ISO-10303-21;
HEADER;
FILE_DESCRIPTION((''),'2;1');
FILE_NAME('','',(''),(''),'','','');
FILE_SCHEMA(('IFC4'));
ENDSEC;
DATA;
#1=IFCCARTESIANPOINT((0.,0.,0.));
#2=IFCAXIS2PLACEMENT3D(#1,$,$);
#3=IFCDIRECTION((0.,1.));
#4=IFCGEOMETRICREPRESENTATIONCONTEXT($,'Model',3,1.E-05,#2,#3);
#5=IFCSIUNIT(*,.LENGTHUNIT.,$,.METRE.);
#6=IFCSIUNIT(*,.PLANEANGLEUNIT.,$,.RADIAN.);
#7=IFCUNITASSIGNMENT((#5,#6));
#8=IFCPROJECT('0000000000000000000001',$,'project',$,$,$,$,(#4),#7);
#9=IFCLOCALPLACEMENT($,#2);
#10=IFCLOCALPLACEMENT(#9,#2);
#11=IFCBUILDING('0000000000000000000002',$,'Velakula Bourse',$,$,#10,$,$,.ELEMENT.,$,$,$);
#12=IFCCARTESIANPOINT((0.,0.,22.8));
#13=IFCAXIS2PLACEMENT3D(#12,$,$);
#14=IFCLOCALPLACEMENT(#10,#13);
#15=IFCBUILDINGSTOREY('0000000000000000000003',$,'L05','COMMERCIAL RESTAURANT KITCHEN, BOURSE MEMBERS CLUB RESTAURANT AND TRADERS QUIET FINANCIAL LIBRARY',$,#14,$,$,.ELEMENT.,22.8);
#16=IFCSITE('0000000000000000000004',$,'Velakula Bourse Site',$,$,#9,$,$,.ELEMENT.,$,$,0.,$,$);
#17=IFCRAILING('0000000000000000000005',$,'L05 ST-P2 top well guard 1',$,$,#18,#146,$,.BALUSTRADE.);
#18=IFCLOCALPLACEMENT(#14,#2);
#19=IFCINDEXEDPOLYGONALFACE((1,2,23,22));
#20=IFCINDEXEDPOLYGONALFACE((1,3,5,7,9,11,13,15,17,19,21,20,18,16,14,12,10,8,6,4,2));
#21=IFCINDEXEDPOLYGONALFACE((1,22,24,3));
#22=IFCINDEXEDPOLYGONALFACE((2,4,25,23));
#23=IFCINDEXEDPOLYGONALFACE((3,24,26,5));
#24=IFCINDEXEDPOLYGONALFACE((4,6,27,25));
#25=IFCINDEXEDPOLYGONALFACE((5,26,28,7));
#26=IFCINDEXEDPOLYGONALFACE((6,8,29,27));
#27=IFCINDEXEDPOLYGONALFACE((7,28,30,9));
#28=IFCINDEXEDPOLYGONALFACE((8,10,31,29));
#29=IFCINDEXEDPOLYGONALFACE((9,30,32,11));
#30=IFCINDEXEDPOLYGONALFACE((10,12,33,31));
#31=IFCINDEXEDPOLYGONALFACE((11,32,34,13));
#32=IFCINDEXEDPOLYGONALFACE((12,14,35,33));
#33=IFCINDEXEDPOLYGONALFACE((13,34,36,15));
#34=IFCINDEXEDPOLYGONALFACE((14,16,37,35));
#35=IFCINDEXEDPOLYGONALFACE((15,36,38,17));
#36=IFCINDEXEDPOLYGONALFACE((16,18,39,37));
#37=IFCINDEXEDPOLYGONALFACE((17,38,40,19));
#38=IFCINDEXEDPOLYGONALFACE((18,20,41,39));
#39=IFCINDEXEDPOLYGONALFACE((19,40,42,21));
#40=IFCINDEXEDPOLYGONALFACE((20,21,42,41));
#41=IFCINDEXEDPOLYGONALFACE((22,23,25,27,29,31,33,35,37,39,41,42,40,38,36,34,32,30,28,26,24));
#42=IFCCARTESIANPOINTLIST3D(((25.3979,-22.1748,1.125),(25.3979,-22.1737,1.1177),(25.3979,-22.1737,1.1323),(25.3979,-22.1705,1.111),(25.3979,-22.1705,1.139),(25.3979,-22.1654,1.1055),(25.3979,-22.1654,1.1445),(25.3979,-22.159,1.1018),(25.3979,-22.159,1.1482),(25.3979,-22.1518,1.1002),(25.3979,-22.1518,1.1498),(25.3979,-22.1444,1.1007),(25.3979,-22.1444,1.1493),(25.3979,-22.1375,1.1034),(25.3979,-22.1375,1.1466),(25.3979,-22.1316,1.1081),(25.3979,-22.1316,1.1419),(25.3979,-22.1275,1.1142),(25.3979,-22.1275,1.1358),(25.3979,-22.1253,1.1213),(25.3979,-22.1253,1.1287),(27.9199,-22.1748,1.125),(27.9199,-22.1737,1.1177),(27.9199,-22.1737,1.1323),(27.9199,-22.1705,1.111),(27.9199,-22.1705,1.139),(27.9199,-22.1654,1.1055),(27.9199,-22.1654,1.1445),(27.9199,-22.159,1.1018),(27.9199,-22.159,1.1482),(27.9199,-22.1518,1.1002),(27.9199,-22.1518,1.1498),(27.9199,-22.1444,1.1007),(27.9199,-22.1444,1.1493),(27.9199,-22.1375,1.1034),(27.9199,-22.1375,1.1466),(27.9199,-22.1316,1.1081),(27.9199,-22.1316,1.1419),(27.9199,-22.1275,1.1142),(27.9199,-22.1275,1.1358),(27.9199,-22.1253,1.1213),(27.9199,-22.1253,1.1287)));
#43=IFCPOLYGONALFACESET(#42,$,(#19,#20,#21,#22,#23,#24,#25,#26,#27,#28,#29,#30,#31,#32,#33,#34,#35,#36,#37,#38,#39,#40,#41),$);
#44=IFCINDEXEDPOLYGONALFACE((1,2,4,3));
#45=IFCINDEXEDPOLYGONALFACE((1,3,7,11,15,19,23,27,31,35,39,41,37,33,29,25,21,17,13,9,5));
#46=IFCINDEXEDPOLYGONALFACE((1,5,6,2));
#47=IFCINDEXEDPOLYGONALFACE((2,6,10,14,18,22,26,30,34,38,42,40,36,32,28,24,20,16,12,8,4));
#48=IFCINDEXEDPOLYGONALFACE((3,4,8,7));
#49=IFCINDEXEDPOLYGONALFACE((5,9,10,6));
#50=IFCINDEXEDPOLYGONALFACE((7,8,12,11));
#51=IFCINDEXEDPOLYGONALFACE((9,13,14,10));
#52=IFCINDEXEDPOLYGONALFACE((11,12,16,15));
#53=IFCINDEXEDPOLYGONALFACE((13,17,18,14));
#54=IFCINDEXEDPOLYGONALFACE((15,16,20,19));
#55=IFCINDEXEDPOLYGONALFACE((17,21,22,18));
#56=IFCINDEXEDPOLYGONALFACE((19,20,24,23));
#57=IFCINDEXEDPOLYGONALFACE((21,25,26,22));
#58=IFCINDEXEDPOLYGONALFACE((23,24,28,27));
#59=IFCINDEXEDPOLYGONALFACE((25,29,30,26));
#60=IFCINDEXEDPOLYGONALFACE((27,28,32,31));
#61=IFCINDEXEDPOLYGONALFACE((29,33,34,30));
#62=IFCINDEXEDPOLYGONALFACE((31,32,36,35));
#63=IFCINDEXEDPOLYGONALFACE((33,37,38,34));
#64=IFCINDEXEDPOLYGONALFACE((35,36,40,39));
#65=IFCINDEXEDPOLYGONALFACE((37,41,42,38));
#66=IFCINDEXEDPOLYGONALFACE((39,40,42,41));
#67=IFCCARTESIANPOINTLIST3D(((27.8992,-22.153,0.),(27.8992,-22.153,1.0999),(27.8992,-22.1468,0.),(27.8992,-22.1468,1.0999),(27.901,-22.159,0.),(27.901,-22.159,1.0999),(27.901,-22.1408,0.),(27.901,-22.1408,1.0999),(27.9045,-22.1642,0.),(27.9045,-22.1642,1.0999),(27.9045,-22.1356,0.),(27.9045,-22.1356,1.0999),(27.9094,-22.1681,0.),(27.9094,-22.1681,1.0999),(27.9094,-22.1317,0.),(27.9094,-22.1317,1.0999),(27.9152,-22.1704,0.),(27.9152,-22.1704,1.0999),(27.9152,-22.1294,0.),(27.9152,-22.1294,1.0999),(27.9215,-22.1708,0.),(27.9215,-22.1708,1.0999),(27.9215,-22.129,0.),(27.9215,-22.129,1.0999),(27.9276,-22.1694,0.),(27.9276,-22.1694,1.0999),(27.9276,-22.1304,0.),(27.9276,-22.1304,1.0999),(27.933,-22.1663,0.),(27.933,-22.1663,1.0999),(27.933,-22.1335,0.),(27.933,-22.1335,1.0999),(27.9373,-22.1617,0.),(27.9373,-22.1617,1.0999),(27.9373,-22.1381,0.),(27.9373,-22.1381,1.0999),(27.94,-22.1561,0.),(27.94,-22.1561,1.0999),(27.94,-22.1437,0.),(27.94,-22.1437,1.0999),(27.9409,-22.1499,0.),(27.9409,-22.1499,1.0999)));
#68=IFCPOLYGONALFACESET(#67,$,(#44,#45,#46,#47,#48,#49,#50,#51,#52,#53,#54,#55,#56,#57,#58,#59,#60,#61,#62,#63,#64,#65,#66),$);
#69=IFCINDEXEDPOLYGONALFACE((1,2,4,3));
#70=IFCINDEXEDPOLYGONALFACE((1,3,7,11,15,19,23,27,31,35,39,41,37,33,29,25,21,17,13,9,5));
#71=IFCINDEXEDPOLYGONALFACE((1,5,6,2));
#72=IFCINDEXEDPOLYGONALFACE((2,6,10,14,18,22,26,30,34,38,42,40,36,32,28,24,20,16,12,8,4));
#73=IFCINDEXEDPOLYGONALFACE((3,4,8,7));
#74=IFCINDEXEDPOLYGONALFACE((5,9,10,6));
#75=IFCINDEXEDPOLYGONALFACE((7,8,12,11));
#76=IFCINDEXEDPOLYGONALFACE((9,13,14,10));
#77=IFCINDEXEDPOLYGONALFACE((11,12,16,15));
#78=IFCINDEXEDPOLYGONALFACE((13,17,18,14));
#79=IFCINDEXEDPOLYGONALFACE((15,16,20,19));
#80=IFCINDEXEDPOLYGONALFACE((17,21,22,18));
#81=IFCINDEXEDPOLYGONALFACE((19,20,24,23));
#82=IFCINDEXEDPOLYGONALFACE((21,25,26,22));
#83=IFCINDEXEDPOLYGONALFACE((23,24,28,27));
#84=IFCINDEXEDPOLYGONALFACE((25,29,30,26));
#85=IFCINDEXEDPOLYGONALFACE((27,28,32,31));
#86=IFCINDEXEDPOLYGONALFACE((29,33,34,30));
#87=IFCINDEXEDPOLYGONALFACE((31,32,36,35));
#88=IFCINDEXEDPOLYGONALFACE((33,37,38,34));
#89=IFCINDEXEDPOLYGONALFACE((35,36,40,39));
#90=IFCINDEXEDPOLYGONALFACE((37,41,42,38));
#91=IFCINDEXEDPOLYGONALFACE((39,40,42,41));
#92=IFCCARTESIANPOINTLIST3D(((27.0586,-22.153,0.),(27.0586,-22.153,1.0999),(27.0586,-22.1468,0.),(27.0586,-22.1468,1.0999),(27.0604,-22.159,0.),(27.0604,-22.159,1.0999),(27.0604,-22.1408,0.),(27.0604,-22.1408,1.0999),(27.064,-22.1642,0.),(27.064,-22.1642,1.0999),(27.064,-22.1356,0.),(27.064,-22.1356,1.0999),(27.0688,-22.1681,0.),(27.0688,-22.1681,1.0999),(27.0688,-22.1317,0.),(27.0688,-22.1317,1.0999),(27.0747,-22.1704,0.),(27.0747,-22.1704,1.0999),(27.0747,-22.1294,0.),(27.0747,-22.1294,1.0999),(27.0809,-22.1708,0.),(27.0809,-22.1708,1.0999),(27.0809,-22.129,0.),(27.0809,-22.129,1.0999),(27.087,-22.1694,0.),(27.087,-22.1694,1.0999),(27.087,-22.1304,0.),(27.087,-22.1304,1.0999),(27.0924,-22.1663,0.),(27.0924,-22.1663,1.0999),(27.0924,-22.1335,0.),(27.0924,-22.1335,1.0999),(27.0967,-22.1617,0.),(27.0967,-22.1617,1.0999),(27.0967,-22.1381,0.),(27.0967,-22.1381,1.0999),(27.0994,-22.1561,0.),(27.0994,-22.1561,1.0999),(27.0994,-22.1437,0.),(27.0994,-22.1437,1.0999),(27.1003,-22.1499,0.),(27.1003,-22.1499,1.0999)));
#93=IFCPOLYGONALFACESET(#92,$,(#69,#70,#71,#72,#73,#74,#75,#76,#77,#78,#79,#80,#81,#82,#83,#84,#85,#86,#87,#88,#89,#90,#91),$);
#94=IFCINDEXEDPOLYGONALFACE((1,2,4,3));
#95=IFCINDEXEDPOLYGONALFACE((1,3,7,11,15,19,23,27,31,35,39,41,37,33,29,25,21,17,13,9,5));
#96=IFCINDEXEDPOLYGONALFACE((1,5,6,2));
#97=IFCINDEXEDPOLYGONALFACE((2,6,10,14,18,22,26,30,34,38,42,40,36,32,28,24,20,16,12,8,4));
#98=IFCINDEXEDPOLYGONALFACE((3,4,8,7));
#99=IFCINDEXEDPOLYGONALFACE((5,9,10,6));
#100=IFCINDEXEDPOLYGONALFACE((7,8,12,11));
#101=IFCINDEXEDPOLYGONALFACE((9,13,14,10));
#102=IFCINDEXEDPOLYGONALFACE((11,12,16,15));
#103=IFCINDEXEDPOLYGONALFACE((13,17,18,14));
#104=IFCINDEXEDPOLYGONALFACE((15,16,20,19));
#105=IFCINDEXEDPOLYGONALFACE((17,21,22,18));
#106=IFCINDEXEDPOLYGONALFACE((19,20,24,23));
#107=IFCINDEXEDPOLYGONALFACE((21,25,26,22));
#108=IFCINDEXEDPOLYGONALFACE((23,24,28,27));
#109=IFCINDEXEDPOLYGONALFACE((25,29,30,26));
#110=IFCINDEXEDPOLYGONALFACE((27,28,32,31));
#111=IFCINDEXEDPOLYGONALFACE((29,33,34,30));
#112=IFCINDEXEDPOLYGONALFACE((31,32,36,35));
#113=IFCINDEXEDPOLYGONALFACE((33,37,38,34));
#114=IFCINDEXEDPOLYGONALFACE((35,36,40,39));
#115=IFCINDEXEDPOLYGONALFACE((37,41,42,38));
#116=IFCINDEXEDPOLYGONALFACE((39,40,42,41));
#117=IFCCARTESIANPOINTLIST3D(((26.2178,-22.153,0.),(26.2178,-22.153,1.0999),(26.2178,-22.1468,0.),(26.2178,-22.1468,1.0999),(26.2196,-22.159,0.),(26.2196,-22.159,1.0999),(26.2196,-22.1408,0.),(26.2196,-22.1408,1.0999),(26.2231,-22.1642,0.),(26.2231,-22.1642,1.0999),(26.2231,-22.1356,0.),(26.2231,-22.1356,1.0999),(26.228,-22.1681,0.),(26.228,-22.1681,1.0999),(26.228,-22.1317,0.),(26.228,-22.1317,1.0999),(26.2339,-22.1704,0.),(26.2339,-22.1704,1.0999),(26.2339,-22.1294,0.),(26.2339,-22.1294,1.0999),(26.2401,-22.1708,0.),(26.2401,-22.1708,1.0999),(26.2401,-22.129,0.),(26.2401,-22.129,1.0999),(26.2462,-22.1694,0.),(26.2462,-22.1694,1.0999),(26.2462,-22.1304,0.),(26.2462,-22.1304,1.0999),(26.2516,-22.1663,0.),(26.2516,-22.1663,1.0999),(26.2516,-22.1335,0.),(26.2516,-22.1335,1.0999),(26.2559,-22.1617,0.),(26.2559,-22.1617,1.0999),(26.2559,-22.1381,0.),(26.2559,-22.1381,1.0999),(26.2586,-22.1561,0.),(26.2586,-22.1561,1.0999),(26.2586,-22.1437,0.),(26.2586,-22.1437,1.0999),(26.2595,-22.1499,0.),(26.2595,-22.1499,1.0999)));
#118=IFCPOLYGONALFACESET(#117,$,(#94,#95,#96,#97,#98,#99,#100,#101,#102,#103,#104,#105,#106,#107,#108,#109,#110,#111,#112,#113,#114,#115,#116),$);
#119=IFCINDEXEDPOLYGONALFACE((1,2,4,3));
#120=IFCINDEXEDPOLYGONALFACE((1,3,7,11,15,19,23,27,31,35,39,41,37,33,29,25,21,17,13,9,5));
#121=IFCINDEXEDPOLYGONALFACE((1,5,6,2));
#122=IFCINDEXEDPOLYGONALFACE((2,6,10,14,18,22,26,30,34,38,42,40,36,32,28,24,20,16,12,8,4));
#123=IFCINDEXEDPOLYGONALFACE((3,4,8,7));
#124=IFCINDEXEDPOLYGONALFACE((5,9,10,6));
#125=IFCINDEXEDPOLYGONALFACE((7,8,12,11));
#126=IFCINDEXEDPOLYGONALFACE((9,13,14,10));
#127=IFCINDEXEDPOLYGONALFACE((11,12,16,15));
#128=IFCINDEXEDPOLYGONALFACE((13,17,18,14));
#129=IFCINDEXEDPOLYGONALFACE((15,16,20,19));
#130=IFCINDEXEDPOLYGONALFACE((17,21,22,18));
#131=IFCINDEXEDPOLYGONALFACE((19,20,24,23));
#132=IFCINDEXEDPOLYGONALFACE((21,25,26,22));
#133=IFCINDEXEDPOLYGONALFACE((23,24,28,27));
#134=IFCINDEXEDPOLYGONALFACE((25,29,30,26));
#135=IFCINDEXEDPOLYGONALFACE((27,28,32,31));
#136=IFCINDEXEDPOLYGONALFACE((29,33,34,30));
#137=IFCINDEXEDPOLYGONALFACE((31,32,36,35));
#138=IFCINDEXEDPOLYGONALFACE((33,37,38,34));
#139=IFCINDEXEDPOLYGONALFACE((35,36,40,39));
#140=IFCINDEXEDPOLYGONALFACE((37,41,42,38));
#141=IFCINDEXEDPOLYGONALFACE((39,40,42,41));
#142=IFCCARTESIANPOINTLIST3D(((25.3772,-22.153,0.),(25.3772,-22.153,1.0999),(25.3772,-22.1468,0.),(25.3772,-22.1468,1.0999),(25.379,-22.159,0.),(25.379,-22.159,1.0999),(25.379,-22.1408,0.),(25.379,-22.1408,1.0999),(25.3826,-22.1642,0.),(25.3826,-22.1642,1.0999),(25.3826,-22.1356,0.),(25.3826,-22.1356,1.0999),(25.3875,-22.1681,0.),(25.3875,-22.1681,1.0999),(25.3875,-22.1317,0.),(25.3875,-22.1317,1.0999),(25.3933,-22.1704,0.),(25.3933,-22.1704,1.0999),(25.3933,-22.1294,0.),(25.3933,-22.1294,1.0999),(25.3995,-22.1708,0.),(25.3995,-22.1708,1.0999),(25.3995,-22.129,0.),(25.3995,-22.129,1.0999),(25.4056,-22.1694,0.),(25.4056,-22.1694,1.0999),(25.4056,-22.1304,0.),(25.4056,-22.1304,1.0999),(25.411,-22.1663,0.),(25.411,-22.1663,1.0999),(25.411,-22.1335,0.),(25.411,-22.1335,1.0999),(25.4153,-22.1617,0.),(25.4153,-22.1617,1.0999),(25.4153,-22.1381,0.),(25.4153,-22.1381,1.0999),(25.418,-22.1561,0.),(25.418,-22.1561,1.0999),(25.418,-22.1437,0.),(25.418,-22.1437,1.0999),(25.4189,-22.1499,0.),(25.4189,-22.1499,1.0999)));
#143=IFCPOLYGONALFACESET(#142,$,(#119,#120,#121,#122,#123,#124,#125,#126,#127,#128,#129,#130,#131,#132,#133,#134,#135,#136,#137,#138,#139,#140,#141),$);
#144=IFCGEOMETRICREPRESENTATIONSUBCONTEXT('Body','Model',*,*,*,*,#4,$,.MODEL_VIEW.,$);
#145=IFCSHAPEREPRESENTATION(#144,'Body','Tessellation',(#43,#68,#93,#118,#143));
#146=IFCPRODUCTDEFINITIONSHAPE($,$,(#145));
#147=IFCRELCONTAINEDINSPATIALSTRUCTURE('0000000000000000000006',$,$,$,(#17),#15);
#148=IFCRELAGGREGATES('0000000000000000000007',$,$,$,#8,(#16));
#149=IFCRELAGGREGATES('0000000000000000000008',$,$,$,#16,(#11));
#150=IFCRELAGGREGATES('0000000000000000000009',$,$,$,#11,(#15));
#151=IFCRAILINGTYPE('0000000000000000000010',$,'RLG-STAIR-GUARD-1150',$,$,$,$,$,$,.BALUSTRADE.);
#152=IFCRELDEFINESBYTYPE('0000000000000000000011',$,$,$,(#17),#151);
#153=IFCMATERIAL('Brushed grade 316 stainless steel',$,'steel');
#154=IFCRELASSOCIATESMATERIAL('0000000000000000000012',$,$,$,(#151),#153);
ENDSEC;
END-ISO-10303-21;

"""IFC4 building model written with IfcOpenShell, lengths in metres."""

from ifc_helpers import new_model, si_unit, direction, frame, origin, origin_2d, place, context, subcontext, project, spatial, circle, extrude, material, type_object, element, save


model = new_model("IFC4")

# Units and contexts
model_context = context("Model", 3, precision=1e-05, world=origin(), true_north=direction((0.0, 1.0)))
body_context = subcontext(model_context, "Body", "Model", "MODEL_VIEW")
ifc_project = project(units=[si_unit("LENGTHUNIT", "METRE"), si_unit("PLANEANGLEUNIT", "RADIAN")], contexts=[model_context])

# Site, building, storey
site_placement = place(None, origin())
site = spatial("IfcSite", under=ifc_project, at=site_placement, Name="Velakula Bourse Site", CompositionType="ELEMENT", RefElevation=0.0)
building_placement = place(site_placement, origin())
building = spatial("IfcBuilding", under=site, at=building_placement, Name="Velakula Bourse", CompositionType="ELEMENT")
storey_placement = place(building_placement, frame((0.0, 0.0, 22.8)))
storey = spatial("IfcBuildingStorey", under=building, at=storey_placement, Name="L05", Description="COMMERCIAL RESTAURANT KITCHEN, BOURSE MEMBERS CLUB RESTAURANT AND TRADERS QUIET FINANCIAL LIBRARY", CompositionType="ELEMENT", Elevation=22.8)

# Railing
ifc_material_1 = material(Name="Brushed grade 316 stainless steel", Category="steel")
railing_type = type_object("IfcRailingType", Name="RLG-STAIR-GUARD-1150", PredefinedType="BALUSTRADE", material=ifc_material_1)
railing_placement = place(storey_placement, frame((27.9199, -22.1499, 0.0)))
element("IfcRailing", 1, at=railing_placement, inside=storey, type_object=railing_type, Name="L05 ST-P2 top well guard 1", PredefinedType="BALUSTRADE", context=body_context, shape_type="SweptSolid", body=[
    extrude(circle(Radius=0.0249, at=origin_2d()), frame((0.0, 0.0, 1.125), z_axis=(-1.0, 0.0, 0.0), x_axis=(0.0, -1.0, 0.0)), (0.0, 0.0, 1.0), 2.522),
    extrude(circle(Radius=0.021, at=origin_2d()), origin(), (0.0, 0.0, 1.0), 1.0999),
    extrude(circle(Radius=0.021, at=origin_2d()), frame((-0.8406, 0.0, 0.0)), (0.0, 0.0, 1.0), 1.0999),
    extrude(circle(Radius=0.021, at=origin_2d()), frame((-1.6814, 0.0, 0.0)), (0.0, 0.0, 1.0), 1.0999),
    extrude(circle(Radius=0.021, at=origin_2d()), frame((-2.522, 0.0, 0.0)), (0.0, 0.0, 1.0), 1.0999),
])

save(model, "model.ifc")
